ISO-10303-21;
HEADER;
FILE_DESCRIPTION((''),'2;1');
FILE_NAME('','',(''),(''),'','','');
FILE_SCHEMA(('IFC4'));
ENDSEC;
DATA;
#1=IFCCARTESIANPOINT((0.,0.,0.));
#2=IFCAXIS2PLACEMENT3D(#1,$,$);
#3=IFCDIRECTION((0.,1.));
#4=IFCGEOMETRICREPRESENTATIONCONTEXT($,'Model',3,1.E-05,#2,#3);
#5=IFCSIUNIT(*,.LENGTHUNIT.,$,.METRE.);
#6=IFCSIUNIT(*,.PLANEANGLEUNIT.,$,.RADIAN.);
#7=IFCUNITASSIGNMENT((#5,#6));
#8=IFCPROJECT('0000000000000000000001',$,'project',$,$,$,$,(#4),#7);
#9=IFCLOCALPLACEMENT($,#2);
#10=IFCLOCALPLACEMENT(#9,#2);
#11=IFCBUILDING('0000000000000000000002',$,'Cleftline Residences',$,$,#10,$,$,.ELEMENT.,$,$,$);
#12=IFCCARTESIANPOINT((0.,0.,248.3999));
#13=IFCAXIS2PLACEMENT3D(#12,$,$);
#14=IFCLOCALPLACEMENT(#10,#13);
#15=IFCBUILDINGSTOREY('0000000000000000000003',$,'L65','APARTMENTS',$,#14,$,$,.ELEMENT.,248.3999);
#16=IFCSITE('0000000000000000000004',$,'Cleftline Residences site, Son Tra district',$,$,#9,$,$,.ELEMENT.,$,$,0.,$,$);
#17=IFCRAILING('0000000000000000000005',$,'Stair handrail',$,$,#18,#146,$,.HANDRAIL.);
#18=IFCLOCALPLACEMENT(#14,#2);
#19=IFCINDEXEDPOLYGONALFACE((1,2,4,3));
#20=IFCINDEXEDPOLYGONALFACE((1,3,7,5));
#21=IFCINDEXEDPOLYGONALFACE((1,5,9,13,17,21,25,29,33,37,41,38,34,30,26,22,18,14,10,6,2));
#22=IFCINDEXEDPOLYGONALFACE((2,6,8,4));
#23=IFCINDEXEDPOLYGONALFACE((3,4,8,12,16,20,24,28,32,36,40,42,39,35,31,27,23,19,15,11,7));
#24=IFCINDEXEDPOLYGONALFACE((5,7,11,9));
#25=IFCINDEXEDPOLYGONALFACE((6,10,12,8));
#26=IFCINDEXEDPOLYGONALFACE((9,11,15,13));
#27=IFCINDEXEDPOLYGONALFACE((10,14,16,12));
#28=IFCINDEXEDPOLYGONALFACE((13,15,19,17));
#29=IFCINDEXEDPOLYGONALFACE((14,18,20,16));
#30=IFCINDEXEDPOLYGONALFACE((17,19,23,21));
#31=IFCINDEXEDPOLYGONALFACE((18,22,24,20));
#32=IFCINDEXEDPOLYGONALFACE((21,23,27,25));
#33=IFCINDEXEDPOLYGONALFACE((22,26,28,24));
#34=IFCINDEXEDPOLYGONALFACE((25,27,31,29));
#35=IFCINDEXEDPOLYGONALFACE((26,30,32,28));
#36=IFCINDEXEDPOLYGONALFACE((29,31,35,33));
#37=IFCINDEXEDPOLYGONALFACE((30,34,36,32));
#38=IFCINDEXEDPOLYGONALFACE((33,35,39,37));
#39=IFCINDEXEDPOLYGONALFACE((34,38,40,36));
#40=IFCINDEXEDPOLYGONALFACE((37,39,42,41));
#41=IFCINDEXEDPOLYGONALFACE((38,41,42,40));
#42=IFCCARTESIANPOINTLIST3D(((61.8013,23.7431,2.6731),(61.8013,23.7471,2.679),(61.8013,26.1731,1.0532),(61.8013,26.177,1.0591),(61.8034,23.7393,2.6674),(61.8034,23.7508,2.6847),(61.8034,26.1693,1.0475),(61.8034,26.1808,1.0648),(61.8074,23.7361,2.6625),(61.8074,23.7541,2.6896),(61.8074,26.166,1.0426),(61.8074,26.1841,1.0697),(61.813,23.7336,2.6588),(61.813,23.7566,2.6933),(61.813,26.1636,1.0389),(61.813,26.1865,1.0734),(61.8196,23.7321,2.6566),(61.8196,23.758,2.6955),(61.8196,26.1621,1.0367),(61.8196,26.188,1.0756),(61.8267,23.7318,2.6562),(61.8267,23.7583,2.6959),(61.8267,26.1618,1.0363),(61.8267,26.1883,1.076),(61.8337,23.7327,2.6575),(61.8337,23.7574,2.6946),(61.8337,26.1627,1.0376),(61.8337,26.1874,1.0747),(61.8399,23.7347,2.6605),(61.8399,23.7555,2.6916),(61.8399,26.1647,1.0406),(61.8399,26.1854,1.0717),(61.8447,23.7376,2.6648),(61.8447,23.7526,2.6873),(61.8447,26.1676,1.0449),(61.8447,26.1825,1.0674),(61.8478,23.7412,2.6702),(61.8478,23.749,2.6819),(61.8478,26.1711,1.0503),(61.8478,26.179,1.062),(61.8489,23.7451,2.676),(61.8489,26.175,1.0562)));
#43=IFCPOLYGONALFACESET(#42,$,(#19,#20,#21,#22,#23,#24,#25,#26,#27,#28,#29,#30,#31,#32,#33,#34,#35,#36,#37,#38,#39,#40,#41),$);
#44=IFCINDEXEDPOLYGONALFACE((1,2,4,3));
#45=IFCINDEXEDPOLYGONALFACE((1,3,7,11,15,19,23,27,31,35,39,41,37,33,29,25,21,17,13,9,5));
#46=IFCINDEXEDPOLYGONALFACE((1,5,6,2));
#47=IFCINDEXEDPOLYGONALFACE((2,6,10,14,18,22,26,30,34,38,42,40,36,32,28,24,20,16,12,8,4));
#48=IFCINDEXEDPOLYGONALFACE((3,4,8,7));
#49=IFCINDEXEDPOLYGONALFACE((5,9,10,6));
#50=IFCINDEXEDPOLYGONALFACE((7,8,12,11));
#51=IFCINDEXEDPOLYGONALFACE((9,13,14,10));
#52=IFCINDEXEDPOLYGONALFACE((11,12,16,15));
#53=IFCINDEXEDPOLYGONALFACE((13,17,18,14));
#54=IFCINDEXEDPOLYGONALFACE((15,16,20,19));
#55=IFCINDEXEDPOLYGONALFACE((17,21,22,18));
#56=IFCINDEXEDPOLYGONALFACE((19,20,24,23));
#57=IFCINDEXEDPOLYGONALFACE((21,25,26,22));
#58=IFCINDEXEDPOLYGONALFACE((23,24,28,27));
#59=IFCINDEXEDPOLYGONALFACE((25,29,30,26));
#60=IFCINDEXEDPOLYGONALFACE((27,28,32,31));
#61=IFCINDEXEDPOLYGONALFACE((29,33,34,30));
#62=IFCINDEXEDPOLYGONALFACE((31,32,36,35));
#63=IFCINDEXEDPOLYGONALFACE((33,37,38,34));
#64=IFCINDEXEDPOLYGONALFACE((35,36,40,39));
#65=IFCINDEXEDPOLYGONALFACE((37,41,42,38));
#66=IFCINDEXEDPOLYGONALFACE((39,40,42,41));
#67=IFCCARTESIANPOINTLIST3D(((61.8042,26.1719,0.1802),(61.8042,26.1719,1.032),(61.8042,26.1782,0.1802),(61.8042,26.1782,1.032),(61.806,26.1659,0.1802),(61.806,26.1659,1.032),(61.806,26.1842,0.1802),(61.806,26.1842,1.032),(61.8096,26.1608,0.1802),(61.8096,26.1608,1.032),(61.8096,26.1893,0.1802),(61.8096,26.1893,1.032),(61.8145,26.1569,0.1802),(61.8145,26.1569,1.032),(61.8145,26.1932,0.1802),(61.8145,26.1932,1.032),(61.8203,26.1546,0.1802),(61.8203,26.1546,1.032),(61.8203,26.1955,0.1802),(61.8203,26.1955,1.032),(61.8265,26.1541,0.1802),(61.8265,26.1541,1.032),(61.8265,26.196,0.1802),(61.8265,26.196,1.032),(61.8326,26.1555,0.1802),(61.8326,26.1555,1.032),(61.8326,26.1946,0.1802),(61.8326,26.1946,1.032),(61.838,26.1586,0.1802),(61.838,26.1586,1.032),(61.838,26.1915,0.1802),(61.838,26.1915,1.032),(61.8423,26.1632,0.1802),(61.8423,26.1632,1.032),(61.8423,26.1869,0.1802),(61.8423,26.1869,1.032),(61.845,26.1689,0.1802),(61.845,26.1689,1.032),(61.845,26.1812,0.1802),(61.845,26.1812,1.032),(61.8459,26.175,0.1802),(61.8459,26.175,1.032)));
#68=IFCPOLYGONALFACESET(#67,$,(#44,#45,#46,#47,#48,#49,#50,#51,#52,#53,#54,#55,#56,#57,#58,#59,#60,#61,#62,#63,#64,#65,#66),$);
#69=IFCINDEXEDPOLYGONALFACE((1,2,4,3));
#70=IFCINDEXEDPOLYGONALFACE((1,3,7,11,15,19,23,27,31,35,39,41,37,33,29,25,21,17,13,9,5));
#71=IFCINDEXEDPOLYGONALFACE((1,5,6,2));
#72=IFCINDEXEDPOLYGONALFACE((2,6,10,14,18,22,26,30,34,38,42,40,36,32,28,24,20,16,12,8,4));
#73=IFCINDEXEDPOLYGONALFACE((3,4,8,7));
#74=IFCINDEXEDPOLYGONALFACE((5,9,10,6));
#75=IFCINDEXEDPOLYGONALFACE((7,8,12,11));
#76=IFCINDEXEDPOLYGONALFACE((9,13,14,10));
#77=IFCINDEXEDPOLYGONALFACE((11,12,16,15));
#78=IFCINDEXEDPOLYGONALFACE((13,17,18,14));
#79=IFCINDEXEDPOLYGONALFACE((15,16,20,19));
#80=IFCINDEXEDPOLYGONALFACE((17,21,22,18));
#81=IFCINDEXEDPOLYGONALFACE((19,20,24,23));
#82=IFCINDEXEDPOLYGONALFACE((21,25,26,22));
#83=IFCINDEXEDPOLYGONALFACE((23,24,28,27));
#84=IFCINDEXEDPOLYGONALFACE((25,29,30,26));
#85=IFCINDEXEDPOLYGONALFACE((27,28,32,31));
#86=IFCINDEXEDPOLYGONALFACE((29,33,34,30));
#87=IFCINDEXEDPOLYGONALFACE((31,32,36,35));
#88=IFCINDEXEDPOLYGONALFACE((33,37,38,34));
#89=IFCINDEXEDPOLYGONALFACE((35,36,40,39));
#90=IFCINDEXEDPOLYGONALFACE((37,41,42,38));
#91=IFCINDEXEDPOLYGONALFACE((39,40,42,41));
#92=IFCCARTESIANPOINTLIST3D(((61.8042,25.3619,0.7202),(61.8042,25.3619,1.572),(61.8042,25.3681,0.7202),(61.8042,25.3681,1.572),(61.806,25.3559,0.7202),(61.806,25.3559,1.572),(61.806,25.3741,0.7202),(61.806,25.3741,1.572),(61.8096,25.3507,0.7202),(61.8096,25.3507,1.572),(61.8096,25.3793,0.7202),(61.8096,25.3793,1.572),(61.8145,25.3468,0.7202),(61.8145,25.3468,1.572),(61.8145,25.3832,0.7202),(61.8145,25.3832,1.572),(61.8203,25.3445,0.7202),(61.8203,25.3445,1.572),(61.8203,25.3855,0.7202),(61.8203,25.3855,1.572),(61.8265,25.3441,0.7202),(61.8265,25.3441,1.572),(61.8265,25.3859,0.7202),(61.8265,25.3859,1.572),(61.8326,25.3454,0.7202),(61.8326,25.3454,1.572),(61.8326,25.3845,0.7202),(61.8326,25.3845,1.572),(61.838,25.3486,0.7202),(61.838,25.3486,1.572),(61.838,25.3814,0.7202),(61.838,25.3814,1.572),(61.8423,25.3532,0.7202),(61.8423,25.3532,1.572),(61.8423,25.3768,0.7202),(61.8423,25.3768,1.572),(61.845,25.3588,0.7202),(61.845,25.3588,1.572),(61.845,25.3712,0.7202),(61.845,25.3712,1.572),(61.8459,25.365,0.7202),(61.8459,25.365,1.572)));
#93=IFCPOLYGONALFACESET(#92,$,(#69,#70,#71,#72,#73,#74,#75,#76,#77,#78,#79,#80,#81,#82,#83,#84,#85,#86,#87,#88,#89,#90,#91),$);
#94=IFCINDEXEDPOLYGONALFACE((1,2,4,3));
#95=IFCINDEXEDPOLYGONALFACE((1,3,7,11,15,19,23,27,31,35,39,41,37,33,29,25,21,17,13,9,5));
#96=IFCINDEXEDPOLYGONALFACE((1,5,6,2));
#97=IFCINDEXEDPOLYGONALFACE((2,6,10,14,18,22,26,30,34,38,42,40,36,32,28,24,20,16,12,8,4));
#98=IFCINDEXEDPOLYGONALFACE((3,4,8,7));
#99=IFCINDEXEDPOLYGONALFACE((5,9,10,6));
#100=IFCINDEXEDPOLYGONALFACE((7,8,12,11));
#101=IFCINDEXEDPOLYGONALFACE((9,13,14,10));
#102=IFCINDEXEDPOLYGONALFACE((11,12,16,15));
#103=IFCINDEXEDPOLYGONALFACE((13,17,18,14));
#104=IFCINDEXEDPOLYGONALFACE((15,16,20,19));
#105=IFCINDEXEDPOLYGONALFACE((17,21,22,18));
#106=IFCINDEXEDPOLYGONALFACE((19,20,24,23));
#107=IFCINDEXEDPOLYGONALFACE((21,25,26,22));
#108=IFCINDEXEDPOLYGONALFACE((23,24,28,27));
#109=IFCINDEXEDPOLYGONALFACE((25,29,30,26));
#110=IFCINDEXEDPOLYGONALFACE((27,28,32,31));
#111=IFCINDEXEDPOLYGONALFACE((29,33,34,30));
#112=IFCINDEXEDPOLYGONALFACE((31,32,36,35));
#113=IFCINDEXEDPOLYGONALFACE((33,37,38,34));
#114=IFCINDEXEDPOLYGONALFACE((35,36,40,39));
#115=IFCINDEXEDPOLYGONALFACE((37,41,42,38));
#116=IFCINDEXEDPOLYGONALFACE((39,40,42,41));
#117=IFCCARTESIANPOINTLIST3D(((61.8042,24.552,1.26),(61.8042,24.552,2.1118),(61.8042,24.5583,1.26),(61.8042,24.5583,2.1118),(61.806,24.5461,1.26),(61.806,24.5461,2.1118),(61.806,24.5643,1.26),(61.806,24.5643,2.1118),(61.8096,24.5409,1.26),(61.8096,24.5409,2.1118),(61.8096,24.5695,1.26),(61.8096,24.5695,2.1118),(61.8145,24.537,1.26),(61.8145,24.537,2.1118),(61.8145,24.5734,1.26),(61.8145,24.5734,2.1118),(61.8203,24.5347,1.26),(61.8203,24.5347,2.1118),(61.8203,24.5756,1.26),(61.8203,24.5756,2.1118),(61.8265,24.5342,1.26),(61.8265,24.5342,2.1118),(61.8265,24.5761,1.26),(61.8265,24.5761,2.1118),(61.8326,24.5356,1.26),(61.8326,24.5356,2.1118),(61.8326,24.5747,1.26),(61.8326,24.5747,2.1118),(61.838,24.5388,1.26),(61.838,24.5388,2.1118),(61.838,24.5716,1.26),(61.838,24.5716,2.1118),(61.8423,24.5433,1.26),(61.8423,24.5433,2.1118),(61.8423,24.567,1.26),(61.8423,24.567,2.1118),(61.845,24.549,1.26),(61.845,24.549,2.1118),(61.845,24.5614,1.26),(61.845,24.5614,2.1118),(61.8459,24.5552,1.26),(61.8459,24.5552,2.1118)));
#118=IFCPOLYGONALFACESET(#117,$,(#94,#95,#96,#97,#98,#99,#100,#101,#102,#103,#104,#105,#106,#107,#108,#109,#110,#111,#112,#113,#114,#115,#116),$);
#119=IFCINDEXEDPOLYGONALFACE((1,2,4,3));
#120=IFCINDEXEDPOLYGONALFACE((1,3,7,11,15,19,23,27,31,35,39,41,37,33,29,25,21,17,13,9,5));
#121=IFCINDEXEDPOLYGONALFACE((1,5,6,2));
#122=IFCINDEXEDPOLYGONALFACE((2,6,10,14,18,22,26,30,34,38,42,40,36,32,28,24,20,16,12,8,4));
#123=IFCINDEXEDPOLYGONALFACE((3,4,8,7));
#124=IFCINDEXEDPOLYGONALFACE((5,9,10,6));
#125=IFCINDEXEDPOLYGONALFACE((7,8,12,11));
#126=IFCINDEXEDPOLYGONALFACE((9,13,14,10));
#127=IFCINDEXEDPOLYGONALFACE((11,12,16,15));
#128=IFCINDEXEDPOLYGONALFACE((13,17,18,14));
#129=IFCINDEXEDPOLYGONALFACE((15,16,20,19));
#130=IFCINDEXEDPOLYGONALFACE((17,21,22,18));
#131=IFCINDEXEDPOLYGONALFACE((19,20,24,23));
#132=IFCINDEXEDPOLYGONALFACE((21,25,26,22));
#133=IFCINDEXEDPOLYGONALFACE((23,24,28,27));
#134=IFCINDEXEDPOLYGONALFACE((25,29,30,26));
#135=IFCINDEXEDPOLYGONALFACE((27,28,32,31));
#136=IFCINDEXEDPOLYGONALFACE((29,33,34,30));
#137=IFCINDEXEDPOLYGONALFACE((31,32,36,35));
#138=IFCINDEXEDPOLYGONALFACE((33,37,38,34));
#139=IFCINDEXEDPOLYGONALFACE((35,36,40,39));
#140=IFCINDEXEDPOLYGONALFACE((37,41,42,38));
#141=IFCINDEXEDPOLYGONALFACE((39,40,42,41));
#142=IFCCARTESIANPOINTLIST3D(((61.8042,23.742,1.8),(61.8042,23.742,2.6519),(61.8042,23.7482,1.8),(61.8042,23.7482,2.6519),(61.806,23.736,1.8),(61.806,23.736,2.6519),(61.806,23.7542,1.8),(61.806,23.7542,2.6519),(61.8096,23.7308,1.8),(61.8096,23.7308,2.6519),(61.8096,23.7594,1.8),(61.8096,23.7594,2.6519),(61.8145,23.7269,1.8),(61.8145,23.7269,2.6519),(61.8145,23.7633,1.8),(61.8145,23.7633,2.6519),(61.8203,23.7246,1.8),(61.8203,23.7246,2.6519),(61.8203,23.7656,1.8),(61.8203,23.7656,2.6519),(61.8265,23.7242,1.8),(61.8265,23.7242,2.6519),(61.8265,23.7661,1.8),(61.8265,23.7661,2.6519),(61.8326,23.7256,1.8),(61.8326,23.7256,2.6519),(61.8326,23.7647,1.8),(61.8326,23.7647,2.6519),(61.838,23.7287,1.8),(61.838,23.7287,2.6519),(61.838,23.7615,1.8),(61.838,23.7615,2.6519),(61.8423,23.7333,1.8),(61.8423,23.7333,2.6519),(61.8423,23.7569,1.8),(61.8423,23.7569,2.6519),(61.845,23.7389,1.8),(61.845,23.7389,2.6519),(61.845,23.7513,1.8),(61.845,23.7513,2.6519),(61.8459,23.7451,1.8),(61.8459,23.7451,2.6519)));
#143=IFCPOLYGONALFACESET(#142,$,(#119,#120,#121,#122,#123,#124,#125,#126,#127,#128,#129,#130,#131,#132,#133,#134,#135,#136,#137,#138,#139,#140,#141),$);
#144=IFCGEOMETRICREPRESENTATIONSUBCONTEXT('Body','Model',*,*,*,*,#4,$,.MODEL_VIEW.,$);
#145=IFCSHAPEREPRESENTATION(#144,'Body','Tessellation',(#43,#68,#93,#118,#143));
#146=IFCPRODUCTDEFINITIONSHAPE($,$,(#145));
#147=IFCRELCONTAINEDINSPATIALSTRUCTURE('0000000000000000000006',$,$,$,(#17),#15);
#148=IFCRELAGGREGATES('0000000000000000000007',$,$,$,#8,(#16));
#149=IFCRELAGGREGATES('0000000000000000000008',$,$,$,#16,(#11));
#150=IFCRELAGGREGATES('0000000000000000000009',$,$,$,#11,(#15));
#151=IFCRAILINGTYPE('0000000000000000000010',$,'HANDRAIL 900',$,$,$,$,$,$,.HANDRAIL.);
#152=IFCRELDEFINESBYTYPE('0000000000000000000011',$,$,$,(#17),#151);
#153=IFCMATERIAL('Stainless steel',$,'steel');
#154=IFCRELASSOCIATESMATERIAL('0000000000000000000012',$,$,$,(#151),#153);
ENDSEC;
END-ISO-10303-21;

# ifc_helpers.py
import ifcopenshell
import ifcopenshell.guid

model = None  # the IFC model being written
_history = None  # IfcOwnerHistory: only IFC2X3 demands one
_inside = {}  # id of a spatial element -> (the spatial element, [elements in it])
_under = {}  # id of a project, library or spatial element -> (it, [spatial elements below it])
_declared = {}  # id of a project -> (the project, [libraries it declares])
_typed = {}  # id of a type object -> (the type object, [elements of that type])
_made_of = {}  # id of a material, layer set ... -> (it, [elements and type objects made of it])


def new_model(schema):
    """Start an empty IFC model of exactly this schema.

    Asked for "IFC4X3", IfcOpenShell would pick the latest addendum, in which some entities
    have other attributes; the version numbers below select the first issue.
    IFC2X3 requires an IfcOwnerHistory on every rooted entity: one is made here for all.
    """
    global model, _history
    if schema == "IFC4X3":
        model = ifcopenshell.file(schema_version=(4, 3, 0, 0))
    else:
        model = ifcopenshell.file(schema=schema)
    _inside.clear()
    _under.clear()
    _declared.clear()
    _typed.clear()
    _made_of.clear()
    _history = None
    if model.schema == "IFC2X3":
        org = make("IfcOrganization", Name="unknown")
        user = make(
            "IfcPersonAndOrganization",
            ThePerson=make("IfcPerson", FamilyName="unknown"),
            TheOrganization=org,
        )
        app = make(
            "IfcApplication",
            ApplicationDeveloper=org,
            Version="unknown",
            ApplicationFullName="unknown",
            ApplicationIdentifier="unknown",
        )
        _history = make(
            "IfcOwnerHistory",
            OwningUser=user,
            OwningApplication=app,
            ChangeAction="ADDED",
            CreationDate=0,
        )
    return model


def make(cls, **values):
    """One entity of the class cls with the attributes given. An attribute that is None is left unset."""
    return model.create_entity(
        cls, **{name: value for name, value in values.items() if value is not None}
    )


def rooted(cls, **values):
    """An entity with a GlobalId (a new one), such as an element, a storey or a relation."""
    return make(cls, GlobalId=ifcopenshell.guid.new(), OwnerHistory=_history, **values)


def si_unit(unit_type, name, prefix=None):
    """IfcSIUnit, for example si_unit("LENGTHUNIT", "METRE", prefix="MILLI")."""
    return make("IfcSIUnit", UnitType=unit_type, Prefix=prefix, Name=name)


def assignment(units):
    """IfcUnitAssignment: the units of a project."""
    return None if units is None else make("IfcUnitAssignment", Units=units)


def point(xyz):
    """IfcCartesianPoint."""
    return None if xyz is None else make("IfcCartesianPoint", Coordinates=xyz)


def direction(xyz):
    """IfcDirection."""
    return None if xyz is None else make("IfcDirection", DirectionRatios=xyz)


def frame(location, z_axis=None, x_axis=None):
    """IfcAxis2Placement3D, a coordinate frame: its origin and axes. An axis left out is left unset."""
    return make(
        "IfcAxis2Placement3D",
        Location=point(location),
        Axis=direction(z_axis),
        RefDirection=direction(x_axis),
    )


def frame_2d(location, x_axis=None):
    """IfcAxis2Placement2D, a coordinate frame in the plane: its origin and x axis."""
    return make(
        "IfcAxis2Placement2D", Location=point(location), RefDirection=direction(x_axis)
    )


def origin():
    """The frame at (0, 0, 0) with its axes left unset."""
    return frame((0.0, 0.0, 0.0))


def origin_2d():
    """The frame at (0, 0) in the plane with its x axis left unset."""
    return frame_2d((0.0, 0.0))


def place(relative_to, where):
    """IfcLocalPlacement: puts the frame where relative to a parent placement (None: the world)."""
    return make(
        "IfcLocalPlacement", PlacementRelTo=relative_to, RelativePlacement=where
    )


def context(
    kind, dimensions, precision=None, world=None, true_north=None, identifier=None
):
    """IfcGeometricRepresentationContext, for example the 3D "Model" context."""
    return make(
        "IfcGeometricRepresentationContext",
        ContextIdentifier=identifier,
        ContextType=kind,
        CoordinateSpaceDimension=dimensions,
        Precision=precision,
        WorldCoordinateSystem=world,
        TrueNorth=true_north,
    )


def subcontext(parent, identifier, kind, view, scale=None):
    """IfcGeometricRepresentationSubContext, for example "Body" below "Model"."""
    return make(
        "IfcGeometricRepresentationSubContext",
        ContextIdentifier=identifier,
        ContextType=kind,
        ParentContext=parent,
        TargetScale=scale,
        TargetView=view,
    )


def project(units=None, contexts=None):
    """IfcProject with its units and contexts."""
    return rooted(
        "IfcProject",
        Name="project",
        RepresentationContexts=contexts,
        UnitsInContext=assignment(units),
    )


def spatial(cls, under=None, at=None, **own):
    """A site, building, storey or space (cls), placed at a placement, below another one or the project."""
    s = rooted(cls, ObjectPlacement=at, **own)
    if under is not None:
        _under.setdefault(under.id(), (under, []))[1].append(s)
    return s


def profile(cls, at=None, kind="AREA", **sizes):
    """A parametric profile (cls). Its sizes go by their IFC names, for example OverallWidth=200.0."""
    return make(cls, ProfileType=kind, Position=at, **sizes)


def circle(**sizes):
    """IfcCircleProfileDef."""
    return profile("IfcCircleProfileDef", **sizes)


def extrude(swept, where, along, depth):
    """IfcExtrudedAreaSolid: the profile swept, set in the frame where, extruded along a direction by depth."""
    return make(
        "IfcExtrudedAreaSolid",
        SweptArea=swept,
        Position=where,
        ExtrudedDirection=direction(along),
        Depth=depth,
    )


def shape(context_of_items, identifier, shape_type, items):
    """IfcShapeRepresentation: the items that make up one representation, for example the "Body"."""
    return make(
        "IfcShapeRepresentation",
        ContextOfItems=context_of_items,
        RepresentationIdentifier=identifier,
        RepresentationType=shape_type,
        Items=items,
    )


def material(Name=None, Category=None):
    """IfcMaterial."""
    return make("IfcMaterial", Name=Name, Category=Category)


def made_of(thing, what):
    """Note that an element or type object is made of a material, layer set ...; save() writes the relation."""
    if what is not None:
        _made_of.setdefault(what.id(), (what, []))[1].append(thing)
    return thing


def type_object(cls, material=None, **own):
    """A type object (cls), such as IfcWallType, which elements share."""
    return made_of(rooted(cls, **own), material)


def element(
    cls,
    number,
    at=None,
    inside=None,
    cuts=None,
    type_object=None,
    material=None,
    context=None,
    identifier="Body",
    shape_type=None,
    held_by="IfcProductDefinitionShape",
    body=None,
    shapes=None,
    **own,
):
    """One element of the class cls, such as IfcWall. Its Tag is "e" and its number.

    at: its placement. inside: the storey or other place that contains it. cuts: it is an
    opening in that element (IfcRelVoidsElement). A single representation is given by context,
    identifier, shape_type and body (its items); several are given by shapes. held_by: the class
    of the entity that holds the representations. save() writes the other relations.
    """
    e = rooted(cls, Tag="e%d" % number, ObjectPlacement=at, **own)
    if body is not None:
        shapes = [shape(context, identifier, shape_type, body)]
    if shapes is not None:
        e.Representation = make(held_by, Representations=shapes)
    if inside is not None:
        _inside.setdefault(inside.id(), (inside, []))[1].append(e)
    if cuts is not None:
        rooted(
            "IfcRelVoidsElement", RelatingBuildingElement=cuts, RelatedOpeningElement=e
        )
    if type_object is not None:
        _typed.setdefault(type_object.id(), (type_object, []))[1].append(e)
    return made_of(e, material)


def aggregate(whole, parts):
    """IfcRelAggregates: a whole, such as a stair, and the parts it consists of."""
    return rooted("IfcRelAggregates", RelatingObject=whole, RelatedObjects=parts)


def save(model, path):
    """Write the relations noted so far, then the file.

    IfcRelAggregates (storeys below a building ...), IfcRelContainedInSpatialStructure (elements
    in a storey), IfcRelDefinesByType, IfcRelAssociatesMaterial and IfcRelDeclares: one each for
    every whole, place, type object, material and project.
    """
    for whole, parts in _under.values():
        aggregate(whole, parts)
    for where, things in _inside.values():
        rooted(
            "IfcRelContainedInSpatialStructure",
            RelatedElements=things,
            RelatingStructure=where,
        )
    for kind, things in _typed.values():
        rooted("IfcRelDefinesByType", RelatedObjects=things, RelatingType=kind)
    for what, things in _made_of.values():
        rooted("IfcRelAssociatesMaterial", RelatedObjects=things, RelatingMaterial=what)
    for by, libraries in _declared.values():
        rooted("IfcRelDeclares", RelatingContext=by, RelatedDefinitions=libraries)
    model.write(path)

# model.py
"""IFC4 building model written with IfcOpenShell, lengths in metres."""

from ifc_helpers import new_model, si_unit, direction, frame, origin, origin_2d, place, context, subcontext, project, spatial, circle, extrude, material, type_object, element, save


model = new_model("IFC4")

# Units and contexts
model_context = context("Model", 3, precision=1e-05, world=origin(), true_north=direction((0.0, 1.0)))
body_context = subcontext(model_context, "Body", "Model", "MODEL_VIEW")
ifc_project = project(units=[si_unit("LENGTHUNIT", "METRE"), si_unit("PLANEANGLEUNIT", "RADIAN")], contexts=[model_context])

# Site, building, storey
site_placement = place(None, origin())
site = spatial("IfcSite", under=ifc_project, at=site_placement, Name="Cleftline Residences site, Son Tra district", CompositionType="ELEMENT", RefElevation=0.0)
building_placement = place(site_placement, origin())
building = spatial("IfcBuilding", under=site, at=building_placement, Name="Cleftline Residences", CompositionType="ELEMENT")
storey_placement = place(building_placement, frame((0.0, 0.0, 248.3999)))
storey = spatial("IfcBuildingStorey", under=building, at=storey_placement, Name="L65", Description="APARTMENTS", CompositionType="ELEMENT", Elevation=248.3999)

# Railing
ifc_material_1 = material(Name="Stainless steel", Category="steel")
railing_type = type_object("IfcRailingType", Name="HANDRAIL 900", PredefinedType="HANDRAIL", material=ifc_material_1)
railing_placement = place(storey_placement, frame((61.825, 26.175, 0.1802)))
element("IfcRailing", 1, at=railing_placement, inside=storey, type_object=railing_type, Name="Stair handrail", PredefinedType="HANDRAIL", context=body_context, shape_type="SweptSolid", body=[
    extrude(circle(Radius=0.0239, at=origin_2d()), frame((0.0, 0.0, 0.876), z_axis=(0.0, -0.832063, 0.554681), x_axis=(1.0, 0.0, 0.0)), (0.0, 0.0, 1.0), 2.9204),
    extrude(circle(Radius=0.021, at=origin_2d()), origin(), (0.0, 0.0, 1.0), 0.8518),
    extrude(circle(Radius=0.021, at=origin_2d()), frame((0.0, -0.8101, 0.54)), (0.0, 0.0, 1.0), 0.8518),
    extrude(circle(Radius=0.021, at=origin_2d()), frame((0.0, -1.6199, 1.0798)), (0.0, 0.0, 1.0), 0.8518),
    extrude(circle(Radius=0.021, at=origin_2d()), frame((0.0, -2.4299, 1.6199)), (0.0, 0.0, 1.0), 0.8518),
])

save(model, "model.ifc")
